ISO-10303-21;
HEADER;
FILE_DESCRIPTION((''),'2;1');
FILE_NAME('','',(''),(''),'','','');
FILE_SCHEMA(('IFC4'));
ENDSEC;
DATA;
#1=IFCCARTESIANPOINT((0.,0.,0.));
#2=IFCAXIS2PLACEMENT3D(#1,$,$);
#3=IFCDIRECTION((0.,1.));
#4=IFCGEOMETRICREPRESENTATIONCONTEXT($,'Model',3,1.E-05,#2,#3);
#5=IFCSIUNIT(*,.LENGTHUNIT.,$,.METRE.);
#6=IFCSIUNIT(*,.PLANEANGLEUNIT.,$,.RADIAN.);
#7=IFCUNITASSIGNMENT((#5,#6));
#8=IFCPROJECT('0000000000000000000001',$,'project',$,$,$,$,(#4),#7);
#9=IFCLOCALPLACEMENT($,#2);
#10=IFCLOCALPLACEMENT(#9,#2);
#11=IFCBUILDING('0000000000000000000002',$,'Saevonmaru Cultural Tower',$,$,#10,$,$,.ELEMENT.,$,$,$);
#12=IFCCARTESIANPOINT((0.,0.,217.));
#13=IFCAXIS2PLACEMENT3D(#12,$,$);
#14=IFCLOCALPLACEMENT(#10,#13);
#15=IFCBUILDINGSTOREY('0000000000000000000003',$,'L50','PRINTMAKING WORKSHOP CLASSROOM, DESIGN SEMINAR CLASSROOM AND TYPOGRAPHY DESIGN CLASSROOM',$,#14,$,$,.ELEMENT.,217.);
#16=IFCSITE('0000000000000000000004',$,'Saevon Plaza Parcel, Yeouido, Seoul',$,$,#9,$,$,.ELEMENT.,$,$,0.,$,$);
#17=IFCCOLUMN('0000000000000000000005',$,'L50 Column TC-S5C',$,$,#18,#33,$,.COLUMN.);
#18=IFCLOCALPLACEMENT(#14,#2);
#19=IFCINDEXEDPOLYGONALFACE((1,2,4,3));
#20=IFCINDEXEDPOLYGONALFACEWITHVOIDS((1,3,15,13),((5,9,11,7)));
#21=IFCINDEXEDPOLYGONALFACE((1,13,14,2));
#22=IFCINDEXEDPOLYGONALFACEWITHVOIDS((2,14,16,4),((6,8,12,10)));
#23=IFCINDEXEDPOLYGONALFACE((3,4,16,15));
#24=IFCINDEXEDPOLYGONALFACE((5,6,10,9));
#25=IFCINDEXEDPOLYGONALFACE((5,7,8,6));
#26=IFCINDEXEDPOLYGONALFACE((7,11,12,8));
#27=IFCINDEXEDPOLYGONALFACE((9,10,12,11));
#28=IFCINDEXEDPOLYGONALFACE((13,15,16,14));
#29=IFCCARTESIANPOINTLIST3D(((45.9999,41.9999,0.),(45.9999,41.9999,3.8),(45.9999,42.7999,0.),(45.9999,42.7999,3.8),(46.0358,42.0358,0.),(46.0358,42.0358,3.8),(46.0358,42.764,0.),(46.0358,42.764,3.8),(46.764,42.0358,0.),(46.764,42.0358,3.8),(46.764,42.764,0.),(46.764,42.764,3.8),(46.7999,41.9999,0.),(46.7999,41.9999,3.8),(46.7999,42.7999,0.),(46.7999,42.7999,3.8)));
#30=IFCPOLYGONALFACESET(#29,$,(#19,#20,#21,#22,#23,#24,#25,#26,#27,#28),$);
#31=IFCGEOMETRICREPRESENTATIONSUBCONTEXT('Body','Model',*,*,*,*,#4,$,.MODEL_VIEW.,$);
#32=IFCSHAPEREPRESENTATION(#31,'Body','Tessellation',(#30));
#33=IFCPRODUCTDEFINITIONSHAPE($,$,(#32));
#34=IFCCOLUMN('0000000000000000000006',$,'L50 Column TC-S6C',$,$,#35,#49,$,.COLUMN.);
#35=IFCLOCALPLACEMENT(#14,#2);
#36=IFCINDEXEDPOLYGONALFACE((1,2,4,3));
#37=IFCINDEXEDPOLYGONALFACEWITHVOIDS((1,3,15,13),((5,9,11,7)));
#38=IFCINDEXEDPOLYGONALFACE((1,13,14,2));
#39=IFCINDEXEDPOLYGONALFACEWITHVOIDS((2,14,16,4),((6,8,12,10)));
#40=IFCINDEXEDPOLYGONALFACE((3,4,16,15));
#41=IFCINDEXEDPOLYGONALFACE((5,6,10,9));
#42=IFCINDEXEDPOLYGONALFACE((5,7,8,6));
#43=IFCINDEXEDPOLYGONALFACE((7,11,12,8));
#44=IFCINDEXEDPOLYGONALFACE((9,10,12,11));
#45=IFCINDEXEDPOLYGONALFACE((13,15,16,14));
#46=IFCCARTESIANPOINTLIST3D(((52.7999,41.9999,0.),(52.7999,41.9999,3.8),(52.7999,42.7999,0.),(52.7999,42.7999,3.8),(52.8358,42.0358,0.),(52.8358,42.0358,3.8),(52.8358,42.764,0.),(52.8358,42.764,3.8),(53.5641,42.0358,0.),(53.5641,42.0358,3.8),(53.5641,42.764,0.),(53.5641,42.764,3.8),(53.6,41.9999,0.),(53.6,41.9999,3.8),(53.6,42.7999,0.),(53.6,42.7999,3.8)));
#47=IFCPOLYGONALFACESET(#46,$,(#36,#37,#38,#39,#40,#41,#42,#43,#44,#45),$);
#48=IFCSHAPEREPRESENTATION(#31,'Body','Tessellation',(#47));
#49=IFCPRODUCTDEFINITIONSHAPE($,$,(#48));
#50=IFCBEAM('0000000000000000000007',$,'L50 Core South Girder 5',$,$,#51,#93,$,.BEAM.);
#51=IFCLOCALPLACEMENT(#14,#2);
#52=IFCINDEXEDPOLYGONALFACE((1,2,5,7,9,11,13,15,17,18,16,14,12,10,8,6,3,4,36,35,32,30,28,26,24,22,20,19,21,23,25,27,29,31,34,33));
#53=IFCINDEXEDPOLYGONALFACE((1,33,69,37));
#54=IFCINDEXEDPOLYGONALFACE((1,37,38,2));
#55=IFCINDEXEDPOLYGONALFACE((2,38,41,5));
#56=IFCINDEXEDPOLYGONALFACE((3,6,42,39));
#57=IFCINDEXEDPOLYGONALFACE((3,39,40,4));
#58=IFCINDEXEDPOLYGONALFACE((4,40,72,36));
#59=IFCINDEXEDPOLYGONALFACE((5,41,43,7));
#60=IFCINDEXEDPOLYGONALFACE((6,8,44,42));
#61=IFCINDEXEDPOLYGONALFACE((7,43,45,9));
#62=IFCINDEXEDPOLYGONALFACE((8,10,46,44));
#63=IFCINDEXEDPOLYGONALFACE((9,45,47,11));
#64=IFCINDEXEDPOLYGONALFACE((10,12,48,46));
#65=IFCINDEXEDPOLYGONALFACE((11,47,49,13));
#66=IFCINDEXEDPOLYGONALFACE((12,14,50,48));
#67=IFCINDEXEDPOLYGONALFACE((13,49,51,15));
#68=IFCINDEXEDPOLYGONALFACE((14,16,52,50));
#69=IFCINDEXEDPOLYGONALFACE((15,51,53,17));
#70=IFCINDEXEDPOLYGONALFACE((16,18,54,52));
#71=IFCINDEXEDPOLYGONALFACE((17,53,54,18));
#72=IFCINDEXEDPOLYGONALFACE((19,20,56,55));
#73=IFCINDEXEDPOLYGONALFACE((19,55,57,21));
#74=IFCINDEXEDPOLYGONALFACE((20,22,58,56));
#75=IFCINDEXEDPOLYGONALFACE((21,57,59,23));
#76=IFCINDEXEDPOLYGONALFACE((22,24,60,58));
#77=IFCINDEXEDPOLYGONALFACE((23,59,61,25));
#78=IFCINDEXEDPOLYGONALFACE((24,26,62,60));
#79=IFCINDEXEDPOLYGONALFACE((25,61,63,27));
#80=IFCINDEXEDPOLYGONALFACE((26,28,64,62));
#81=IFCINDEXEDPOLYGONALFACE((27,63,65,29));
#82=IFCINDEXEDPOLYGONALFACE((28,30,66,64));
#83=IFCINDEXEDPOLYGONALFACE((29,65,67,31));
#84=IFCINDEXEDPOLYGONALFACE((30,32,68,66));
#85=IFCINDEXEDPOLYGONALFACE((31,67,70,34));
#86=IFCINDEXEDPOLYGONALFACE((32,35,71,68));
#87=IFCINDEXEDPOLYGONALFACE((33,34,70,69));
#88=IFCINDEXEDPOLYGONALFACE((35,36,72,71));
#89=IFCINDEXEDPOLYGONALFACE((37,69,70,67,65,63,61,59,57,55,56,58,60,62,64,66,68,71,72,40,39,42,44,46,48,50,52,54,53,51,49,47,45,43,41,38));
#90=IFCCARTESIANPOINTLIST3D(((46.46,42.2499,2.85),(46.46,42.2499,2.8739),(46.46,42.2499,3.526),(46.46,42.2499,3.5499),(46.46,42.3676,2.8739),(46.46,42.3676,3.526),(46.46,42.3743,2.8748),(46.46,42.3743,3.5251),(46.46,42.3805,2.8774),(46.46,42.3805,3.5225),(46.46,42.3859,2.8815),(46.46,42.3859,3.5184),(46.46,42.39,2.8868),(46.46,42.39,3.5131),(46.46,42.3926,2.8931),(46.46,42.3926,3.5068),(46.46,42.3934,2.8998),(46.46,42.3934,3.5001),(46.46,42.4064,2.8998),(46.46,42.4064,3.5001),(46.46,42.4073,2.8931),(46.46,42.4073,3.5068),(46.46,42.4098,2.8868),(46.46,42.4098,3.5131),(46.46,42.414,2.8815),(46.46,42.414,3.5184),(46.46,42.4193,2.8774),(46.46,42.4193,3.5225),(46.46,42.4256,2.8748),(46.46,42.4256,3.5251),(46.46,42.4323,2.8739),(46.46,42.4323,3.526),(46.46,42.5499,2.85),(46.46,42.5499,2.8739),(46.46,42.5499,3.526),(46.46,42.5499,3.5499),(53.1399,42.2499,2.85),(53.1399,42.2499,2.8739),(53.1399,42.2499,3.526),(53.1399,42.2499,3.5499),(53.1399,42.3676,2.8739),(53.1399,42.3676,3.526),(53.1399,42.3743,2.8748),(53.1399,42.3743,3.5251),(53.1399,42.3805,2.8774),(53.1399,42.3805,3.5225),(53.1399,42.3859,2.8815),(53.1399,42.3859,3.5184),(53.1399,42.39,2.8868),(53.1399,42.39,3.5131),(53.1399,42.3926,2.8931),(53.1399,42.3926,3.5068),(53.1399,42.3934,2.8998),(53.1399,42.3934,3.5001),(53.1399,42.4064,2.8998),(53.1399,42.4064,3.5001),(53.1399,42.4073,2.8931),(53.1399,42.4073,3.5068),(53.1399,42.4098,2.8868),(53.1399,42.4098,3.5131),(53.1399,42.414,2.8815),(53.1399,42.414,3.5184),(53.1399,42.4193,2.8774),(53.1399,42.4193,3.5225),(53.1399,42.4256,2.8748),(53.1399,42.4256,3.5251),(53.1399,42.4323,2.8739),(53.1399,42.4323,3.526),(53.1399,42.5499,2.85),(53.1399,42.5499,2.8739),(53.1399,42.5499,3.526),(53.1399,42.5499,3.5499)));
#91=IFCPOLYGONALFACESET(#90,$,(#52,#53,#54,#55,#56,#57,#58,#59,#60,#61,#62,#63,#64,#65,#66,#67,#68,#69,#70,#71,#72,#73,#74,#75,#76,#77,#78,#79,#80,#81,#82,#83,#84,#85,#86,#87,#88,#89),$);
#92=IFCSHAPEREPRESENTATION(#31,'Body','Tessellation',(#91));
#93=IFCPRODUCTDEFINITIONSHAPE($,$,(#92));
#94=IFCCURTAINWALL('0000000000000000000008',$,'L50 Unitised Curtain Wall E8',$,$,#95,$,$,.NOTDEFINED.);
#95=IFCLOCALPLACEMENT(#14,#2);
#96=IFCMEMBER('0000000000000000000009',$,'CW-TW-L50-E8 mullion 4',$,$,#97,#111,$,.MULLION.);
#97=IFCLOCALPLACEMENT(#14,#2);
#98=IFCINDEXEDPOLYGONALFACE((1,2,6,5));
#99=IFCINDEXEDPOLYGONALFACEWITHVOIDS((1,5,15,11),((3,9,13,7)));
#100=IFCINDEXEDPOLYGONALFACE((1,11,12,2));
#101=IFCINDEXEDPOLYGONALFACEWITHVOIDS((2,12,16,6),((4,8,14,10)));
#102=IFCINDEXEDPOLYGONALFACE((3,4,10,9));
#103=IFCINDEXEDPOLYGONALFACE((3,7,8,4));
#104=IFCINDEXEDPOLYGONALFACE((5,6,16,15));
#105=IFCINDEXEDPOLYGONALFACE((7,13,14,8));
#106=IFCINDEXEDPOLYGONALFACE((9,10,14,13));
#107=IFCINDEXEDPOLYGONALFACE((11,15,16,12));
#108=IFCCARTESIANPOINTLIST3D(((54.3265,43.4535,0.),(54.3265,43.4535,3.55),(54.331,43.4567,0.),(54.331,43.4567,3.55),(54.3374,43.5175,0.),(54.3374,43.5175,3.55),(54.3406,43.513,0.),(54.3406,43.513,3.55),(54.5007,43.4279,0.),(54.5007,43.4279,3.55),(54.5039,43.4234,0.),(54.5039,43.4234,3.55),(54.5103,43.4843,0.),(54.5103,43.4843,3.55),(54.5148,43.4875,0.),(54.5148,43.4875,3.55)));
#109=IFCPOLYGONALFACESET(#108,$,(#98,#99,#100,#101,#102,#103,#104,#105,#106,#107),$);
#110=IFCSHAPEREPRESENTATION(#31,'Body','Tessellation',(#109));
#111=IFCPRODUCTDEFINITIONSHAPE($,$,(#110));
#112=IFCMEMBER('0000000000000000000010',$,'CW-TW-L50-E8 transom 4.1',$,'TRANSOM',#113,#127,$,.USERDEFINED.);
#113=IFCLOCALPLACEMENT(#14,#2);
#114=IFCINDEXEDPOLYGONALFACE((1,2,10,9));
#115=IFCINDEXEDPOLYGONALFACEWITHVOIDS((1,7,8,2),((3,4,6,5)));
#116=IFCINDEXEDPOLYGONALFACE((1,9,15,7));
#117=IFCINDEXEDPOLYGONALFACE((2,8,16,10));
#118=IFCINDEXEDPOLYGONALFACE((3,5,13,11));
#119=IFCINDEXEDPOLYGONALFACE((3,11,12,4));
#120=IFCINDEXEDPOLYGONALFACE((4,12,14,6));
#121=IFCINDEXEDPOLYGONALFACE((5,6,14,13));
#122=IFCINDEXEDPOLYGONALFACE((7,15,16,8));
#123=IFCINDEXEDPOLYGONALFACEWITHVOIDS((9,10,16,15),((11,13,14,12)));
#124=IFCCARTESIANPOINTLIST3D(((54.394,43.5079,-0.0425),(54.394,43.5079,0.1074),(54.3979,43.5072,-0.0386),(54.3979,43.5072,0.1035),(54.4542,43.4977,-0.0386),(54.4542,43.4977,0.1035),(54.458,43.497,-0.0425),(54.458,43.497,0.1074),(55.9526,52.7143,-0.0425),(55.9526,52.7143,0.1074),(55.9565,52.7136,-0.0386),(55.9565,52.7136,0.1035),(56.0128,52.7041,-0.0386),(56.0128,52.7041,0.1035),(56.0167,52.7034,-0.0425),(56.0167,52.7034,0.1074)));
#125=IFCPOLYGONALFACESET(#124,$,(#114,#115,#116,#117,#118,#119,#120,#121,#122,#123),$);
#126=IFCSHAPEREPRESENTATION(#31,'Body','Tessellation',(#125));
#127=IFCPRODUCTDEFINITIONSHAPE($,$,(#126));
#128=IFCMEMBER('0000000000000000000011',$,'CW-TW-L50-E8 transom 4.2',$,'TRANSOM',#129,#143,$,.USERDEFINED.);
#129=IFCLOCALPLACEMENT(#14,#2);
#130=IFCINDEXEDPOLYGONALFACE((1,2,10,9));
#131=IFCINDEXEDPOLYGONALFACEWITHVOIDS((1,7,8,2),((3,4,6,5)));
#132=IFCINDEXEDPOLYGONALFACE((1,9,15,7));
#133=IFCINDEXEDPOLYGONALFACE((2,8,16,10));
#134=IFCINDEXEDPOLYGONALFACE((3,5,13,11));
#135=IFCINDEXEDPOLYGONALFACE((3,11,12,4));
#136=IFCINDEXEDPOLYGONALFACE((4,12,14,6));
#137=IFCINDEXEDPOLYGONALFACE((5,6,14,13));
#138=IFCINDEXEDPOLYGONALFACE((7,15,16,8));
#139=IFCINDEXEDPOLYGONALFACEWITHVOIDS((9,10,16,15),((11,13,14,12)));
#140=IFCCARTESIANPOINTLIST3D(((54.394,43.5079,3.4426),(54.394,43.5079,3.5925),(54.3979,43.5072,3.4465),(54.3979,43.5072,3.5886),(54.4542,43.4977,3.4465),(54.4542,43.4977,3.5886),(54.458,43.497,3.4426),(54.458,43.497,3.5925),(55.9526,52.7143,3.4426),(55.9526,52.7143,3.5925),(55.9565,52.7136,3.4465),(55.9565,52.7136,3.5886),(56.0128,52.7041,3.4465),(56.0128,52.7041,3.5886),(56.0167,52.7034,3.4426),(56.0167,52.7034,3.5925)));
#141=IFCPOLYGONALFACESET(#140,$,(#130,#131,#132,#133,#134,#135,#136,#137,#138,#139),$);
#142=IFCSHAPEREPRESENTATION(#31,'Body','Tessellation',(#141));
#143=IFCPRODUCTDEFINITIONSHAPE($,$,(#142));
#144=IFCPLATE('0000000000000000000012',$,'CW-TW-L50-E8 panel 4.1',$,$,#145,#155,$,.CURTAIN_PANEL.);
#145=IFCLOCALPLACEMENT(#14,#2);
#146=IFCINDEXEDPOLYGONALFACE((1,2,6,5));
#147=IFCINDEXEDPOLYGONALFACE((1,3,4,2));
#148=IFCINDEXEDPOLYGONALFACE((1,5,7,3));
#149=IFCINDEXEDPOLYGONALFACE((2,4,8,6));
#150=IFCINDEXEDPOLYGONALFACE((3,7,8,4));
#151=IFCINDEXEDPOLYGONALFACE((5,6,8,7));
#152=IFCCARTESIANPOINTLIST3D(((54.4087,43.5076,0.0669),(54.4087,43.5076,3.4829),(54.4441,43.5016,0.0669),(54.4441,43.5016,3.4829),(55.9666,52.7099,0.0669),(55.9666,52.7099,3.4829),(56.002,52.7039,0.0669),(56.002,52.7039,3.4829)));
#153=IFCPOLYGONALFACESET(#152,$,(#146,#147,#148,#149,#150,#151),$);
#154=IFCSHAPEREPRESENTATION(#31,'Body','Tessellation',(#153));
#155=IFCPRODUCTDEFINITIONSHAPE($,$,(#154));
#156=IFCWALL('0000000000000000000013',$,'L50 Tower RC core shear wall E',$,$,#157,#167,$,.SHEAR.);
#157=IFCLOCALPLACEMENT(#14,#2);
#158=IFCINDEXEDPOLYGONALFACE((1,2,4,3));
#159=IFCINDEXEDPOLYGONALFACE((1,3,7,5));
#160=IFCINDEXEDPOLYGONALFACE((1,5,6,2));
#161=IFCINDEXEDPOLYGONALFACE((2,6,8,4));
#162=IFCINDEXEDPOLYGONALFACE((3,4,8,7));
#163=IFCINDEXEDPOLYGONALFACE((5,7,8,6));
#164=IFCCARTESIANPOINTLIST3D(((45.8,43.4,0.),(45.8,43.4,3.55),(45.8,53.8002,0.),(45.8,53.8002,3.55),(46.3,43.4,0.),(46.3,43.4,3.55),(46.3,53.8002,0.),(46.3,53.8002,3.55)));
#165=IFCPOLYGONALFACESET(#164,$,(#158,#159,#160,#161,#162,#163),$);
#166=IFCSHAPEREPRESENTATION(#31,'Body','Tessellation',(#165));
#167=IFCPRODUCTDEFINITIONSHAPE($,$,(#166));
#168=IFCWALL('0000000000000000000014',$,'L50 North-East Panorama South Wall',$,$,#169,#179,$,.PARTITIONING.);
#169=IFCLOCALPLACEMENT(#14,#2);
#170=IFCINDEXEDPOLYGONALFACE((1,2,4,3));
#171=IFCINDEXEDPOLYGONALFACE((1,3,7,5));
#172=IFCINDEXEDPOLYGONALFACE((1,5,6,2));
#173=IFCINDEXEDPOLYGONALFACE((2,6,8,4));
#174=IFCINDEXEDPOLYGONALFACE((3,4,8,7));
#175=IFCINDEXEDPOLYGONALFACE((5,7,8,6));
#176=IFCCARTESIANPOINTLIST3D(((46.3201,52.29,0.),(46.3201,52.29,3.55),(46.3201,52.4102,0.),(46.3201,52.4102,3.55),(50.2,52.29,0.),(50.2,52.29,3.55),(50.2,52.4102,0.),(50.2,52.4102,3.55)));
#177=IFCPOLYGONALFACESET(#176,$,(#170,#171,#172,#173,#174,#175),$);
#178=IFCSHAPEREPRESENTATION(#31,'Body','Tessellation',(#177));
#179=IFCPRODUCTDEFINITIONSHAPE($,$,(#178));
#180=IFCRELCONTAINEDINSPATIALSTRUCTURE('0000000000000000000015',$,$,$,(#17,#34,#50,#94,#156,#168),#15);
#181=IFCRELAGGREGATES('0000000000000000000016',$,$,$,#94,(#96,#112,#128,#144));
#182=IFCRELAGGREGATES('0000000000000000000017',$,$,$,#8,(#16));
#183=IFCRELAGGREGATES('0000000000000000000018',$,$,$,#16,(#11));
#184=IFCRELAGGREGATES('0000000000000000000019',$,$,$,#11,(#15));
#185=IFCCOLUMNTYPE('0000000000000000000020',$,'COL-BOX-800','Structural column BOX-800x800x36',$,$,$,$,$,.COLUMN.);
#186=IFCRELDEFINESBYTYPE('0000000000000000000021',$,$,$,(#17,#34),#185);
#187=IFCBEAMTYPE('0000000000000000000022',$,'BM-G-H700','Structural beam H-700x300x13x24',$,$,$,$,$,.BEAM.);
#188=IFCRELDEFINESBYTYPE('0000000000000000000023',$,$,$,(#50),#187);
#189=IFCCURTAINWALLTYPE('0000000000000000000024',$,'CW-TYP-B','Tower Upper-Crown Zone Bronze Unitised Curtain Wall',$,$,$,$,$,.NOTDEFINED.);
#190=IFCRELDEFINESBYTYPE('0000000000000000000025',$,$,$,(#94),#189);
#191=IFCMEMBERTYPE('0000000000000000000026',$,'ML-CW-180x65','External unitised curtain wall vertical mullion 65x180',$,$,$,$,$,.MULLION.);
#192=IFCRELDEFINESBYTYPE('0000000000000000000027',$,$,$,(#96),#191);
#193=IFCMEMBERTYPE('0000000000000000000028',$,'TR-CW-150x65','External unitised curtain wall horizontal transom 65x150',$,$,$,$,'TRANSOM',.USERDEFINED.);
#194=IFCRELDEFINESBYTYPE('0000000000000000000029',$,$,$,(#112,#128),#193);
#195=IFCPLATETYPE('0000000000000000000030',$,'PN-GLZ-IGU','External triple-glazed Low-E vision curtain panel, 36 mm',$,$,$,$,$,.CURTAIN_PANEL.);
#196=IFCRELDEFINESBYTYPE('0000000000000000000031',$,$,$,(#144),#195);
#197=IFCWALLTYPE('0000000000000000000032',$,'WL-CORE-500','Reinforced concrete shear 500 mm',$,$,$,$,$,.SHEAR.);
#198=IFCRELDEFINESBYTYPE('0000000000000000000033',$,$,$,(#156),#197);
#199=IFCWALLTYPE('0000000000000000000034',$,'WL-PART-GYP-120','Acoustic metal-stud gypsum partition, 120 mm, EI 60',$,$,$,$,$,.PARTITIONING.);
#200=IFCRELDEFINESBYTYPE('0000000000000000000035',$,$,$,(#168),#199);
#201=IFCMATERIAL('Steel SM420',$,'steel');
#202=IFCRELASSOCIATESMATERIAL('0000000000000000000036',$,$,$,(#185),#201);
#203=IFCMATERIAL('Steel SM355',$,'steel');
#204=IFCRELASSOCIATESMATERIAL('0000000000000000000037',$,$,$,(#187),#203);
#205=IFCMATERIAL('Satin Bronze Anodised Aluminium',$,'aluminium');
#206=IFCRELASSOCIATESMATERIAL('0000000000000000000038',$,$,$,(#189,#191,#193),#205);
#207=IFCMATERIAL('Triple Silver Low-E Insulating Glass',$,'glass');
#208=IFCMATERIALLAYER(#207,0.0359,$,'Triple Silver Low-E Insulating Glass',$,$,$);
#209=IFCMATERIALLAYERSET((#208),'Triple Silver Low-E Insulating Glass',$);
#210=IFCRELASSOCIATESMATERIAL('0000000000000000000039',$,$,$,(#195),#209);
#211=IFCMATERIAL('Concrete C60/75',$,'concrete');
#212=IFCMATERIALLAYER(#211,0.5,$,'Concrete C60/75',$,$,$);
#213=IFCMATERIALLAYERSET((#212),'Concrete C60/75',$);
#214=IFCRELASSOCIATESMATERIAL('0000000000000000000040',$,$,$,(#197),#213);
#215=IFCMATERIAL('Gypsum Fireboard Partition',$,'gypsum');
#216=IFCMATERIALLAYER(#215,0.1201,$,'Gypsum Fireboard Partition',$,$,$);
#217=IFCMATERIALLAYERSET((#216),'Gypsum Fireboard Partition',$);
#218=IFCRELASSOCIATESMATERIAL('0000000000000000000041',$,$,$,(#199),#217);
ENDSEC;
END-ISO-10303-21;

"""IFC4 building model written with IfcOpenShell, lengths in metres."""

from ifc_helpers import new_model, si_unit, direction, frame, frame_2d, origin, origin_2d, place, context, subcontext, project, spatial, rectangle, hollow_rectangle, i_section, extrude, material, layer, layer_set, material_profile, profile_set, type_object, element, aggregate, save


model = new_model("IFC4")

# Units and contexts
model_context = context("Model", 3, precision=1e-05, world=origin(), true_north=direction((0.0, 1.0)))
body_context = subcontext(model_context, "Body", "Model", "MODEL_VIEW")
ifc_project = project(units=[si_unit("LENGTHUNIT", "METRE"), si_unit("PLANEANGLEUNIT", "RADIAN")], contexts=[model_context])

# Site, building, storey
site_placement = place(None, origin())
site = spatial("IfcSite", under=ifc_project, at=site_placement, Name="Saevon Plaza Parcel, Yeouido, Seoul", CompositionType="ELEMENT", RefElevation=0.0)
building_placement = place(site_placement, origin())
building = spatial("IfcBuilding", under=site, at=building_placement, Name="Saevonmaru Cultural Tower", CompositionType="ELEMENT")
storey_placement = place(building_placement, frame((0.0, 0.0, 217.0)))
storey = spatial("IfcBuildingStorey", under=building, at=storey_placement, Name="L50", Description="PRINTMAKING WORKSHOP CLASSROOM, DESIGN SEMINAR CLASSROOM AND TYPOGRAPHY DESIGN CLASSROOM", CompositionType="ELEMENT", Elevation=217.0)

# Columns
ifc_material_1 = material(Name="Steel SM420", Category="steel")
ifc_material_profile_1 = material_profile(ifc_material_1, hollow_rectangle(XDim=0.8, YDim=0.8, WallThickness=0.0359, at=origin_2d()), Name="BOX-800x800x36")
ifc_profile_set_1 = profile_set([ifc_material_profile_1], Name="Steel SM420")
column_type = type_object("IfcColumnType", Name="COL-BOX-800", Description="Structural column BOX-800x800x36", PredefinedType="COLUMN", material=ifc_profile_set_1)
for number, where, z_axis, x_axis, name in (
    (1, (46.3999, 42.3999, 0.0), (0.0, 0.0, 1.0), (1.0, 0.0, 0.0), "L50 Column TC-S5C"),
    (2, (53.2, 42.3999, 0.0), (0.0, 0.0, 1.0), (1.0, 0.0, 0.0), "L50 Column TC-S6C"),
):
    element("IfcColumn", number, at=place(storey_placement, frame(where, z_axis=z_axis, x_axis=x_axis)), inside=storey, type_object=column_type, Name=name, PredefinedType="COLUMN", context=body_context, shape_type="SweptSolid", body=[
        extrude(hollow_rectangle(XDim=0.8, YDim=0.8, WallThickness=0.0359, at=origin_2d()), origin(), (0.0, 0.0, 1.0), 3.8),
    ])

# Beam
ifc_material_2 = material(Name="Steel SM355", Category="steel")
ifc_material_profile_2 = material_profile(ifc_material_2, i_section(OverallWidth=0.3, OverallDepth=0.7, WebThickness=0.0129, FlangeThickness=0.0239, FilletRadius=0.0259, at=origin_2d()), Name="H-700x300x13x24")
ifc_profile_set_2 = profile_set([ifc_material_profile_2], Name="Steel SM355")
beam_type = type_object("IfcBeamType", Name="BM-G-H700", Description="Structural beam H-700x300x13x24", PredefinedType="BEAM", material=ifc_profile_set_2)
beam_placement = place(storey_placement, frame((46.46, 42.3999, 3.2), z_axis=(1.0, 0.0, 0.0), x_axis=(0.0, 1.0, 0.0)))
element("IfcBeam", 3, at=beam_placement, inside=storey, type_object=beam_type, Name="L50 Core South Girder 5", PredefinedType="BEAM", context=body_context, shape_type="SweptSolid", body=[
    extrude(i_section(OverallWidth=0.3, OverallDepth=0.7, WebThickness=0.0129, FlangeThickness=0.0239, FilletRadius=0.0259, at=origin_2d()), origin(), (0.0, 0.0, 1.0), 6.6799),
])

# Curtain wall, members, plate
ifc_material_3 = material(Name="Satin Bronze Anodised Aluminium", Category="aluminium")
curtain_wall_type = type_object("IfcCurtainWallType", Name="CW-TYP-B", Description="Tower Upper-Crown Zone Bronze Unitised Curtain Wall", PredefinedType="NOTDEFINED", material=ifc_material_3)
curtain_wall_placement = place(storey_placement, origin())
curtain_wall = element("IfcCurtainWall", 4, at=curtain_wall_placement, inside=storey, type_object=curtain_wall_type, Name="L50 Unitised Curtain Wall E8", PredefinedType="NOTDEFINED")
ifc_material_profile_3 = material_profile(ifc_material_3, hollow_rectangle(XDim=0.0649, YDim=0.1799, WallThickness=0.0039, at=origin_2d()), Name="ALU-MULL-180x65x4")
ifc_profile_set_3 = profile_set([ifc_material_profile_3], Name="Satin Bronze Anodised Aluminium")
member_type_1 = type_object("IfcMemberType", Name="ML-CW-180x65", Description="External unitised curtain wall vertical mullion 65x180", PredefinedType="MULLION", material=ifc_profile_set_3)
member_1_placement = place(storey_placement, frame((54.4207, 43.4705, 0.0), z_axis=(0.0, 0.0, 1.0), x_axis=(0.166922, 0.98597, 0.0)))
member_1 = element("IfcMember", 5, at=member_1_placement, type_object=member_type_1, Name="CW-TW-L50-E8 mullion 4", PredefinedType="MULLION", context=body_context, shape_type="SweptSolid", body=[
    extrude(hollow_rectangle(XDim=0.0649, YDim=0.1799, WallThickness=0.0039, at=origin_2d()), origin(), (0.0, 0.0, 1.0), 3.55),
])
ifc_material_profile_4 = material_profile(ifc_material_3, hollow_rectangle(XDim=0.0649, YDim=0.1499, WallThickness=0.0039, at=origin_2d()), Name="ALU-TRAN-150x65x4")
ifc_profile_set_4 = profile_set([ifc_material_profile_4], Name="Satin Bronze Anodised Aluminium")
member_type_2 = type_object("IfcMemberType", Name="TR-CW-150x65", Description="External unitised curtain wall horizontal transom 65x150", ElementType="TRANSOM", PredefinedType="USERDEFINED", material=ifc_profile_set_4)
member_2_placement = place(storey_placement, frame((54.426, 43.5024, 0.0325), z_axis=(0.166921, 0.98597, 0.0), x_axis=(-0.98597, 0.166921, 0.0)))
member_2 = element("IfcMember", 6, at=member_2_placement, type_object=member_type_2, Name="CW-TW-L50-E8 transom 4.1", ObjectType="TRANSOM", PredefinedType="USERDEFINED", context=body_context, shape_type="SweptSolid", body=[
    extrude(hollow_rectangle(XDim=0.0649, YDim=0.1499, WallThickness=0.0039, at=origin_2d()), origin(), (0.0, 0.0, 1.0), 9.3374),
])
member_3_placement = place(storey_placement, frame((54.426, 43.5024, 3.5176), z_axis=(0.166921, 0.98597, 0.0), x_axis=(-0.98597, 0.166921, 0.0)))
member_3 = element("IfcMember", 7, at=member_3_placement, type_object=member_type_2, Name="CW-TW-L50-E8 transom 4.2", ObjectType="TRANSOM", PredefinedType="USERDEFINED", context=body_context, shape_type="SweptSolid", body=[
    extrude(hollow_rectangle(XDim=0.0649, YDim=0.1499, WallThickness=0.0039, at=origin_2d()), origin(), (0.0, 0.0, 1.0), 9.3374),
])
ifc_material_4 = material(Name="Triple Silver Low-E Insulating Glass", Category="glass")
ifc_layer_1 = layer(ifc_material_4, 0.0359, Name="Triple Silver Low-E Insulating Glass")
ifc_layer_set_1 = layer_set([ifc_layer_1], Name="Triple Silver Low-E Insulating Glass")
plate_type = type_object("IfcPlateType", Name="PN-GLZ-IGU", Description="External triple-glazed Low-E vision curtain panel, 36 mm", PredefinedType="CURTAIN_PANEL", material=ifc_layer_set_1)
plate_placement = place(storey_placement, frame((55.2053, 48.1057, 0.0669), z_axis=(0.0, 0.0, 1.0), x_axis=(0.166922, 0.98597, 0.0)))
plate = element("IfcPlate", 8, at=plate_placement, type_object=plate_type, Name="CW-TW-L50-E8 panel 4.1", PredefinedType="CURTAIN_PANEL", context=body_context, shape_type="SweptSolid", body=[
    extrude(rectangle(XDim=9.3333, YDim=0.0359, at=origin_2d()), origin(), (0.0, 0.0, 1.0), 3.416),
])
aggregate(curtain_wall, [member_1, member_2, member_3, plate])

# Walls
ifc_material_5 = material(Name="Concrete C60/75", Category="concrete")
ifc_layer_2 = layer(ifc_material_5, 0.5, Name="Concrete C60/75")
ifc_layer_set_2 = layer_set([ifc_layer_2], Name="Concrete C60/75")
wall_type_1 = type_object("IfcWallType", Name="WL-CORE-500", Description="Reinforced concrete shear 500 mm", PredefinedType="SHEAR", material=ifc_layer_set_2)
wall_1_placement = place(storey_placement, frame((46.05, 43.3999, 0.0), z_axis=(0.0, 0.0, 1.0), x_axis=(0.0, 1.0, 0.0)))
element("IfcWall", 9, at=wall_1_placement, inside=storey, type_object=wall_type_1, Name="L50 Tower RC core shear wall E", PredefinedType="SHEAR", context=body_context, shape_type="SweptSolid", body=[
    extrude(rectangle(XDim=10.4001, YDim=0.5, at=frame_2d((5.2002, 0.0))), origin(), (0.0, 0.0, 1.0), 3.55),
])
ifc_material_6 = material(Name="Gypsum Fireboard Partition", Category="gypsum")
ifc_layer_3 = layer(ifc_material_6, 0.1201, Name="Gypsum Fireboard Partition")
ifc_layer_set_3 = layer_set([ifc_layer_3], Name="Gypsum Fireboard Partition")
wall_type_2 = type_object("IfcWallType", Name="WL-PART-GYP-120", Description="Acoustic metal-stud gypsum partition, 120 mm, EI 60", PredefinedType="PARTITIONING", material=ifc_layer_set_3)
wall_2_placement = place(storey_placement, frame((46.3201, 52.3501, 0.0), z_axis=(0.0, 0.0, 1.0), x_axis=(1.0, 0.0, 0.0)))
element("IfcWall", 10, at=wall_2_placement, inside=storey, type_object=wall_type_2, Name="L50 North-East Panorama South Wall", PredefinedType="PARTITIONING", context=body_context, shape_type="SweptSolid", body=[
    extrude(rectangle(XDim=3.8799, YDim=0.1201, at=frame_2d((1.9399, 0.0))), origin(), (0.0, 0.0, 1.0), 3.55),
])

save(model, "model.ifc")
